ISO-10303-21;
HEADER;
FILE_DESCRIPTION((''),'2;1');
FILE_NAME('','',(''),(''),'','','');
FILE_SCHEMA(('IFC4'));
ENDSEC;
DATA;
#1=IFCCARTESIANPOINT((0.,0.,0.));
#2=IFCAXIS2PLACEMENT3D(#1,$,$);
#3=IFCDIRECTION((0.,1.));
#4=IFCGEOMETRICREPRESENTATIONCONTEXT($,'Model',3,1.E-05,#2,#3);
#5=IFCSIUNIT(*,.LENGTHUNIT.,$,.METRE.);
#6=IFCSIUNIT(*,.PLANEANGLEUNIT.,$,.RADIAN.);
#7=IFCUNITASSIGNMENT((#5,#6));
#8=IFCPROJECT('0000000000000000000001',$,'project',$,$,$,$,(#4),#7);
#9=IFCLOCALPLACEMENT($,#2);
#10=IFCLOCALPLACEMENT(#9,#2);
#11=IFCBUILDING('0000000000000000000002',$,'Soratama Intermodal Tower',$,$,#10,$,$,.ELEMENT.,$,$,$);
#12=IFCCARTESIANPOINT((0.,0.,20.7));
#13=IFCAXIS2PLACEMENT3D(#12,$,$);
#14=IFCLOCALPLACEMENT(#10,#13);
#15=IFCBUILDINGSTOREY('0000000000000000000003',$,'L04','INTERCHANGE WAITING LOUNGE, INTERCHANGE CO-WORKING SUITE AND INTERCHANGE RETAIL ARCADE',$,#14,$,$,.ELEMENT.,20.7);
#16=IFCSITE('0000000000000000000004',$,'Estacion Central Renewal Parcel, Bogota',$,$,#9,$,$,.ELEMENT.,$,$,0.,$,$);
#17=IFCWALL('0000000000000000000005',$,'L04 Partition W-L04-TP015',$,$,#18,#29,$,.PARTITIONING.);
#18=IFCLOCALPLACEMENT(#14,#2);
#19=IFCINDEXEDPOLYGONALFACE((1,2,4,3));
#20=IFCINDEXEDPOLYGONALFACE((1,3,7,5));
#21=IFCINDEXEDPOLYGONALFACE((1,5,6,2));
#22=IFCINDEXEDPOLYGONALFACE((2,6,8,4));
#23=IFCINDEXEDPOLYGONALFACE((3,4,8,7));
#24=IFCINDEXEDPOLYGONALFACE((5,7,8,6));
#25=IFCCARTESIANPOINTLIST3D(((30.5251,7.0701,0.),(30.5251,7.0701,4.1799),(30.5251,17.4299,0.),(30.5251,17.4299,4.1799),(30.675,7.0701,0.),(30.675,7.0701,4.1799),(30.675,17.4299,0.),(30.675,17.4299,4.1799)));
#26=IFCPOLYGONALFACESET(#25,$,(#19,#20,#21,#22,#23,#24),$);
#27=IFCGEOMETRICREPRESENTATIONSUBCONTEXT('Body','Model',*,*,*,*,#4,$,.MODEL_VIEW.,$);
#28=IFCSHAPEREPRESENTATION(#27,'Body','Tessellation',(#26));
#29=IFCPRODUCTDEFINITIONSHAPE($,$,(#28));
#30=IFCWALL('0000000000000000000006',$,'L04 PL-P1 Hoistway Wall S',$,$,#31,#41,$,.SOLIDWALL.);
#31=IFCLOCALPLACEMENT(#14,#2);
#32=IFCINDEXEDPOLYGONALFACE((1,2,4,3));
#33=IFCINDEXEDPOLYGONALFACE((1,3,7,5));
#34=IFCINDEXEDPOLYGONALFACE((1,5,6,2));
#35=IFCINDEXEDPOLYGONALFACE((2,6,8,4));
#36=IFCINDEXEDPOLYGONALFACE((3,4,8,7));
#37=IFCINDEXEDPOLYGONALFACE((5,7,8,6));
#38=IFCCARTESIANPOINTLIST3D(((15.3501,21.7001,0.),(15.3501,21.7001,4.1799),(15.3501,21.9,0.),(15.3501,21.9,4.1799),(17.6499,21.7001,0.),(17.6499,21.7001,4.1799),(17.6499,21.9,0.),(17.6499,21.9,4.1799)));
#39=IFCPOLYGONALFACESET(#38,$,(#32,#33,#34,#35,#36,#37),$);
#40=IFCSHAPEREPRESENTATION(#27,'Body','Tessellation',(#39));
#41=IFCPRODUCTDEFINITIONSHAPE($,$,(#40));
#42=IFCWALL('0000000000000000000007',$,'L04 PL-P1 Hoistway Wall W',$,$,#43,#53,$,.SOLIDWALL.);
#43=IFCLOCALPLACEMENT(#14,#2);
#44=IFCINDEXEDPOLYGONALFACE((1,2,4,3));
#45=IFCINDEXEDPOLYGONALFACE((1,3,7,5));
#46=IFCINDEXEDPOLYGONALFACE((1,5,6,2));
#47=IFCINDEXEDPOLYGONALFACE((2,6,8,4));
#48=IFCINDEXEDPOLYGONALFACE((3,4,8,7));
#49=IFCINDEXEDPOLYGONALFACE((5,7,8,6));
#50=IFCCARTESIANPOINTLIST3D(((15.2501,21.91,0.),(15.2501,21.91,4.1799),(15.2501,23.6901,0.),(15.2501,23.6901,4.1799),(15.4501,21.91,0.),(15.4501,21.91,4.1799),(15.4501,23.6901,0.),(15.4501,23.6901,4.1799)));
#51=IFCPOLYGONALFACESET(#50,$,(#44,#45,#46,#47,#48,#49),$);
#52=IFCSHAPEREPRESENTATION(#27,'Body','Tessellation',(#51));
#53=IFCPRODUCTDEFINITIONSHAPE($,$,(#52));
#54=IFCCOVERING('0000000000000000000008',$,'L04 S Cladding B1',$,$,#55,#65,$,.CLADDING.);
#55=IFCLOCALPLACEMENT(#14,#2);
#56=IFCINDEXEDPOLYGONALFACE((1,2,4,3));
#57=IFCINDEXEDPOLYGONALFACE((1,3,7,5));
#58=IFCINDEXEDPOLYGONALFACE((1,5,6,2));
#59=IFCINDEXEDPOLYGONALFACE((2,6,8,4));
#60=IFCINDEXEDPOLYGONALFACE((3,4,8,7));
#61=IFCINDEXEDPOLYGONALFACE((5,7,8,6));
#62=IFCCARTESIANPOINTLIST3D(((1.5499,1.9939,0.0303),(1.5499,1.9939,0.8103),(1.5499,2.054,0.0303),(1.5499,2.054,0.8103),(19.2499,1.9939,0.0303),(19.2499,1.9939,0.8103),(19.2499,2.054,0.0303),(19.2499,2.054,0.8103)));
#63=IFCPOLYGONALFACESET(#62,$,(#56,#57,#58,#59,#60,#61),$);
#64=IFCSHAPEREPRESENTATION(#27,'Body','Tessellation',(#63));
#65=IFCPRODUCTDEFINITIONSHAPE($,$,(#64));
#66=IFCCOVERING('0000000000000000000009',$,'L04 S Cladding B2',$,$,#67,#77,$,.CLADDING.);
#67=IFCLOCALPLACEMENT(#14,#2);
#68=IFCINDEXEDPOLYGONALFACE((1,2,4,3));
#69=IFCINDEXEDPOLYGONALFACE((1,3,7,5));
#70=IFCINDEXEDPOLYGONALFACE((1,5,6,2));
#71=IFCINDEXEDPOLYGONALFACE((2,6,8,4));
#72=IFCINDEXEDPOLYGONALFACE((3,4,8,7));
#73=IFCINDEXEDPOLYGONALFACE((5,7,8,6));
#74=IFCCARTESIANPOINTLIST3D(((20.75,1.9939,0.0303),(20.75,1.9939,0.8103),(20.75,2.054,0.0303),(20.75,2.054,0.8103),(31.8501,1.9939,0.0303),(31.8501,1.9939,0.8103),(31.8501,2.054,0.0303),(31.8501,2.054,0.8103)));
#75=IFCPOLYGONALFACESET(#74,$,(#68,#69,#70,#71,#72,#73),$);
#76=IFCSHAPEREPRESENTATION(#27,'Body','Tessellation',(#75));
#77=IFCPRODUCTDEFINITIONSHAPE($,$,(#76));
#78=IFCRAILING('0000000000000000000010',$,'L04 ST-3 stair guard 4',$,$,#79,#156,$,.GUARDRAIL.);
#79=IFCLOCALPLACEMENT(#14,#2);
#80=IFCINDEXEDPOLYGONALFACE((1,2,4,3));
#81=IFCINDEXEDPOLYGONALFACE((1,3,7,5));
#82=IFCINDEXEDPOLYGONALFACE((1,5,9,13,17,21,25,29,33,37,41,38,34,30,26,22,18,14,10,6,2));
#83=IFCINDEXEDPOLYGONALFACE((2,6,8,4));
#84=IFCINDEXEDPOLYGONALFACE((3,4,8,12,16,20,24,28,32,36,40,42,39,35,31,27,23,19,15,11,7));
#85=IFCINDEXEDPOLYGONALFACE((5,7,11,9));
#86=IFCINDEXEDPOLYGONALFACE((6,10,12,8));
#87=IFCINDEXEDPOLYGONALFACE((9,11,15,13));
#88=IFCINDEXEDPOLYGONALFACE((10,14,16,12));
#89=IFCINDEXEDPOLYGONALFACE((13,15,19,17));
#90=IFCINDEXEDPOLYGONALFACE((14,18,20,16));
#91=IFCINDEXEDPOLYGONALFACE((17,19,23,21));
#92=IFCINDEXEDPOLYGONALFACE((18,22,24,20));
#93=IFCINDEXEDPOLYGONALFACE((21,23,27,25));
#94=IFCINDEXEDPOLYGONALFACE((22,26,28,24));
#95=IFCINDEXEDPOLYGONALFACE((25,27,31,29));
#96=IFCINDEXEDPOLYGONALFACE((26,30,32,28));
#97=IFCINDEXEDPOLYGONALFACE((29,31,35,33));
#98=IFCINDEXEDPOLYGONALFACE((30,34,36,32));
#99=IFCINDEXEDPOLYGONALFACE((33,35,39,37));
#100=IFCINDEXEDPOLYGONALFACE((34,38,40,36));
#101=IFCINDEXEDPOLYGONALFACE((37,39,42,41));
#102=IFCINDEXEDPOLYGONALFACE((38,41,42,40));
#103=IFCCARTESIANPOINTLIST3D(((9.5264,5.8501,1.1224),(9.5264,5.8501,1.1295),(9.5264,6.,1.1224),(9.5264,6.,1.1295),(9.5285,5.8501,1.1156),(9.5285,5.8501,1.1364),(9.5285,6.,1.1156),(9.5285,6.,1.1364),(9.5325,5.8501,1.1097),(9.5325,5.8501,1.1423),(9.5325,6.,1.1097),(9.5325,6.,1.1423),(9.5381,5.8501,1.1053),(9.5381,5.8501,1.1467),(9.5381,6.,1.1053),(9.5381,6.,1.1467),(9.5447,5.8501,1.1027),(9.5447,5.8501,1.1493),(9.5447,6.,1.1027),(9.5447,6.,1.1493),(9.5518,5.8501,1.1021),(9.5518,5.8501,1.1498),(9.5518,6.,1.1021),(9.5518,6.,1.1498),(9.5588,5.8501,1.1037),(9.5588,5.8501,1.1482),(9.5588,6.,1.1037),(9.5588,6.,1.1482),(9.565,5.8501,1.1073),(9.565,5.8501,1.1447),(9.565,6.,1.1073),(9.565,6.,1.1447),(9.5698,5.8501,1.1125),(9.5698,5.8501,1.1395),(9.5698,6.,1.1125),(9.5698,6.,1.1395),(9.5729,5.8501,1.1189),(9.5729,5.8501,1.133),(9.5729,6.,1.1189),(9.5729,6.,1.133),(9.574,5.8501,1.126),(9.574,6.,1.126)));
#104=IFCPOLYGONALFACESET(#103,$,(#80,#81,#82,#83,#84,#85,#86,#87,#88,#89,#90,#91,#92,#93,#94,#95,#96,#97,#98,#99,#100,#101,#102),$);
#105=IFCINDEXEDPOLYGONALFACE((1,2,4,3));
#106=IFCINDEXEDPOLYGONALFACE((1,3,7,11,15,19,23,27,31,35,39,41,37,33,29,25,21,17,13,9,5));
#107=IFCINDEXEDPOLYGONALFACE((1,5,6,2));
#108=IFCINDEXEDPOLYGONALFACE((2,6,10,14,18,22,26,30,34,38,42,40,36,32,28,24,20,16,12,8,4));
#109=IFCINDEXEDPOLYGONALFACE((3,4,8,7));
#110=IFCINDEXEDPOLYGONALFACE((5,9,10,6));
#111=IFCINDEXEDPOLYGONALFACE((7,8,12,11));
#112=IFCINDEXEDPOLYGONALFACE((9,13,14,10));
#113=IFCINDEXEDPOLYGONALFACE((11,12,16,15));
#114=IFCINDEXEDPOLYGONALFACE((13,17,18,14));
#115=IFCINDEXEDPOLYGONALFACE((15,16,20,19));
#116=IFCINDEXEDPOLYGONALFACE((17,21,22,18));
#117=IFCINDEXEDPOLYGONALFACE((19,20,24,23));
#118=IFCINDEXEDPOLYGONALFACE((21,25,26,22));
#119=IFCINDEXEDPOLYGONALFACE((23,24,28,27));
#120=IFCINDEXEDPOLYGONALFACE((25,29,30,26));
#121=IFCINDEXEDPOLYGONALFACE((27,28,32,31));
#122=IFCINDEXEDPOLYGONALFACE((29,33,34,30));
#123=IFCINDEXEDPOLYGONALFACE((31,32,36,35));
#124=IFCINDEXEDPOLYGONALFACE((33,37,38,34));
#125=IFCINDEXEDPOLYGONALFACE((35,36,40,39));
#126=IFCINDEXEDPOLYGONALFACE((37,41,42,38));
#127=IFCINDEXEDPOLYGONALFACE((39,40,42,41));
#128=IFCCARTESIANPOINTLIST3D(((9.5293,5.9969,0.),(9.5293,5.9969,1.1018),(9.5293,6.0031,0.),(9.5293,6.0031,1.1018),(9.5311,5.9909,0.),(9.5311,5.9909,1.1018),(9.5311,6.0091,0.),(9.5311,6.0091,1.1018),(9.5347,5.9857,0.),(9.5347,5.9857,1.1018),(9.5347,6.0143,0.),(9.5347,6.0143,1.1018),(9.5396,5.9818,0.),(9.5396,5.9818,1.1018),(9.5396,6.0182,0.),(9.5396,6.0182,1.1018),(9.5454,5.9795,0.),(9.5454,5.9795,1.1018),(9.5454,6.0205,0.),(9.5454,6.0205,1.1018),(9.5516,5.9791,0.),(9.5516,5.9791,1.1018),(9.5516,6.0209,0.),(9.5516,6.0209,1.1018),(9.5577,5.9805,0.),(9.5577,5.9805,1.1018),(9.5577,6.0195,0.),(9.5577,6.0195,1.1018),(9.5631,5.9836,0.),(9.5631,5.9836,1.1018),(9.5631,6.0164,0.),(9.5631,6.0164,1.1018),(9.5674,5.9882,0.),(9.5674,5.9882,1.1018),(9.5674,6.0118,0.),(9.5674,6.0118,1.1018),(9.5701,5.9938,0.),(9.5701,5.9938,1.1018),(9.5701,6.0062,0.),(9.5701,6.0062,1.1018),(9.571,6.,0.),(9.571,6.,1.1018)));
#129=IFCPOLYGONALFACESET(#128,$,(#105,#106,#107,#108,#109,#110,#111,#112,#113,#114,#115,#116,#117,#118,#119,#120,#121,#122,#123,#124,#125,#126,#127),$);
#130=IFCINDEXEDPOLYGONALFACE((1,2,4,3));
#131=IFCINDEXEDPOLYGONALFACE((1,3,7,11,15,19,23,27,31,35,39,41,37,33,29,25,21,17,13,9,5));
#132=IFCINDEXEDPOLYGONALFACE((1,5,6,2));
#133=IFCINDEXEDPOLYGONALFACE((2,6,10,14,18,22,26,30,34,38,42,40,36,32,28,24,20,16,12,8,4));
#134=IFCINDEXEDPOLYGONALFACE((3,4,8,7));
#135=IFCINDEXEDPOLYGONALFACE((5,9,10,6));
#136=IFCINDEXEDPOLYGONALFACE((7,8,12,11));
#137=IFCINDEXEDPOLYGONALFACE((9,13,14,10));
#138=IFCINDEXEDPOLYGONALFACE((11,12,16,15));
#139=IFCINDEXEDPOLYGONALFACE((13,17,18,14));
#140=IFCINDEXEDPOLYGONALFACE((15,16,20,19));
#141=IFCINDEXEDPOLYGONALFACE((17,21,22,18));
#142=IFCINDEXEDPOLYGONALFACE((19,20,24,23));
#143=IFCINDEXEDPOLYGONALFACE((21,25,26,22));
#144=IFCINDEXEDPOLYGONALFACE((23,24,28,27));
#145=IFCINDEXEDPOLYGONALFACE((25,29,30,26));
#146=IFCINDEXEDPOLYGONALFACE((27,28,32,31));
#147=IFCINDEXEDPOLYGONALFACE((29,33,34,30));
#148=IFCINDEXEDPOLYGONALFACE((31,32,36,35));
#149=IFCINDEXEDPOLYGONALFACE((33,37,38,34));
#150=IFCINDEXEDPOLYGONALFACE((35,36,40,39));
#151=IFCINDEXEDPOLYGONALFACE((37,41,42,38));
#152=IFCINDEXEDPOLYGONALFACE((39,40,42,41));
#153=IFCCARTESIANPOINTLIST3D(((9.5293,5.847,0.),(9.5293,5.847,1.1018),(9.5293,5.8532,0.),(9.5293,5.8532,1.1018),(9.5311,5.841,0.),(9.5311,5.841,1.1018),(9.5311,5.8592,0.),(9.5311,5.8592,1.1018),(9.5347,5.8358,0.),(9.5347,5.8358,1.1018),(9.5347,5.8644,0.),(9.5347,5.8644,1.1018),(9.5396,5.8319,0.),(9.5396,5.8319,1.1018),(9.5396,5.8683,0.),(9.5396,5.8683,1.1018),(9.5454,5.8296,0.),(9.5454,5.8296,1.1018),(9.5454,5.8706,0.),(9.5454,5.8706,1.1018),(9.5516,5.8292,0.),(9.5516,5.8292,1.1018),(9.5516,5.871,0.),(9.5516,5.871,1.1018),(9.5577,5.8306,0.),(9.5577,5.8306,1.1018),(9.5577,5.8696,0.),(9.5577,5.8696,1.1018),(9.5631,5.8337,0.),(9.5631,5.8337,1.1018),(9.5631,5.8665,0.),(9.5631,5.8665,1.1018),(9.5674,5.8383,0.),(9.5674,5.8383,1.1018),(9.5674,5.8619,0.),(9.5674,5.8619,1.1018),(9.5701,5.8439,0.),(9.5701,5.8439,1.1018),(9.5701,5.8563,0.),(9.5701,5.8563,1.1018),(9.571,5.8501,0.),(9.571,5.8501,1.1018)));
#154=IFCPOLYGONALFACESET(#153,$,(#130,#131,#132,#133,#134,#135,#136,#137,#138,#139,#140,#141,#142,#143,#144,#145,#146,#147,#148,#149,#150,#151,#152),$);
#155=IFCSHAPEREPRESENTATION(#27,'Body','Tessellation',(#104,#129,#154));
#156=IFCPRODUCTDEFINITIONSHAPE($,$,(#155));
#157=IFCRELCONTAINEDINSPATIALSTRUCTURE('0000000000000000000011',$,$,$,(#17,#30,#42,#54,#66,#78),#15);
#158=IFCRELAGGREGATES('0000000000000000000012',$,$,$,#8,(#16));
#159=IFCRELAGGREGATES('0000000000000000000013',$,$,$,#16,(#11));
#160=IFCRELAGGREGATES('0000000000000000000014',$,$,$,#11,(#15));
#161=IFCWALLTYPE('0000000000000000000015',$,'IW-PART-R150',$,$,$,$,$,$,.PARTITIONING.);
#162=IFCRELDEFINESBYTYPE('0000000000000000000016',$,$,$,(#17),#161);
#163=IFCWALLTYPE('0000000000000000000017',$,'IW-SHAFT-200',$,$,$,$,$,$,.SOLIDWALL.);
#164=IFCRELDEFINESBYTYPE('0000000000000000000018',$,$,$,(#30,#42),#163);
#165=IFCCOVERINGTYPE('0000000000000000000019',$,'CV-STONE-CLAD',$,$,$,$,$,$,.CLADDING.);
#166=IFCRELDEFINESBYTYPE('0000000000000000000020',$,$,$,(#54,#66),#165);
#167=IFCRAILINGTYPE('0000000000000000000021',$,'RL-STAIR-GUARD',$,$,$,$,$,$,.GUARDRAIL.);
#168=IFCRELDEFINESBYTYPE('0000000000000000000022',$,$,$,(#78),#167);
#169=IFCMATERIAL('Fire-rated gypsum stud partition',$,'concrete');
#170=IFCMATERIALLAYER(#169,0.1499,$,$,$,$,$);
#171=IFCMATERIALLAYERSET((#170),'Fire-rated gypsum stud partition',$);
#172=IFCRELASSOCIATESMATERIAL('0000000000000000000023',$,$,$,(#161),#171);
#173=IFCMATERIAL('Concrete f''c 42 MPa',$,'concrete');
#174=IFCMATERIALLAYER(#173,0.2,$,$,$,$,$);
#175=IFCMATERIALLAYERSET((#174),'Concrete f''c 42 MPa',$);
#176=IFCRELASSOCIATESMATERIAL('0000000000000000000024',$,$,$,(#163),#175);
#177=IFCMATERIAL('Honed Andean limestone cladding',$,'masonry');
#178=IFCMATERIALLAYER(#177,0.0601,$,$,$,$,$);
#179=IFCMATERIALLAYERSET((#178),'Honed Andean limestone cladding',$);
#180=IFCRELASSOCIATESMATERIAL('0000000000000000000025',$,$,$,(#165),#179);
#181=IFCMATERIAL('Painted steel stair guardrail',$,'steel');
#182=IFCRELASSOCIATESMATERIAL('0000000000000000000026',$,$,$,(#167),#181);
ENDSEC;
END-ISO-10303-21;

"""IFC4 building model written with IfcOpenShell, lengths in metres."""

from ifc_helpers import new_model, si_unit, direction, frame, frame_2d, origin, origin_2d, place, context, subcontext, project, spatial, rectangle, circle, extrude, material, layer, layer_set, type_object, element, save


model = new_model("IFC4")

# Units and contexts
model_context = context("Model", 3, precision=1e-05, world=origin(), true_north=direction((0.0, 1.0)))
body_context = subcontext(model_context, "Body", "Model", "MODEL_VIEW")
ifc_project = project(units=[si_unit("LENGTHUNIT", "METRE"), si_unit("PLANEANGLEUNIT", "RADIAN")], contexts=[model_context])

# Site, building, storey
site_placement = place(None, origin())
site = spatial("IfcSite", under=ifc_project, at=site_placement, Name="Estacion Central Renewal Parcel, Bogota", CompositionType="ELEMENT", RefElevation=0.0)
building_placement = place(site_placement, origin())
building = spatial("IfcBuilding", under=site, at=building_placement, Name="Soratama Intermodal Tower", CompositionType="ELEMENT")
storey_placement = place(building_placement, frame((0.0, 0.0, 20.7)))
storey = spatial("IfcBuildingStorey", under=building, at=storey_placement, Name="L04", Description="INTERCHANGE WAITING LOUNGE, INTERCHANGE CO-WORKING SUITE AND INTERCHANGE RETAIL ARCADE", CompositionType="ELEMENT", Elevation=20.7)

# Shared definitions
ifc_material_1 = material(Name="Fire-rated gypsum stud partition", Category="concrete")
ifc_layer_1 = layer(ifc_material_1, 0.1499)
ifc_layer_set_1 = layer_set([ifc_layer_1], Name="Fire-rated gypsum stud partition")
wall_type_1 = type_object("IfcWallType", Name="IW-PART-R150", PredefinedType="PARTITIONING", material=ifc_layer_set_1)

# Walls
wall_1_placement = place(storey_placement, frame((30.6001, 7.0701, 0.0), z_axis=(0.0, 0.0, 1.0), x_axis=(0.0, 1.0, 0.0)))
element("IfcWall", 1, at=wall_1_placement, inside=storey, type_object=wall_type_1, Name="L04 Partition W-L04-TP015", PredefinedType="PARTITIONING", context=body_context, shape_type="SweptSolid", body=[
    extrude(rectangle(XDim=10.3599, YDim=0.1499, at=frame_2d((5.1799, 0.0))), origin(), (0.0, 0.0, 1.0), 4.1799),
])
ifc_material_2 = material(Name="Concrete f'c 42 MPa", Category="concrete")
ifc_layer_2 = layer(ifc_material_2, 0.2)
ifc_layer_set_2 = layer_set([ifc_layer_2], Name="Concrete f'c 42 MPa")
wall_type_2 = type_object("IfcWallType", Name="IW-SHAFT-200", PredefinedType="SOLIDWALL", material=ifc_layer_set_2)
wall_2_placement = place(storey_placement, frame((15.3501, 21.8, 0.0), z_axis=(0.0, 0.0, 1.0), x_axis=(1.0, 0.0, 0.0)))
element("IfcWall", 2, at=wall_2_placement, inside=storey, type_object=wall_type_2, Name="L04 PL-P1 Hoistway Wall S", PredefinedType="SOLIDWALL", context=body_context, shape_type="SweptSolid", body=[
    extrude(rectangle(XDim=2.2998, YDim=0.2, at=frame_2d((1.1499, 0.0))), origin(), (0.0, 0.0, 1.0), 4.1799),
])
wall_3_placement = place(storey_placement, frame((15.3501, 21.9099, 0.0), z_axis=(0.0, 0.0, 1.0), x_axis=(0.0, 1.0, 0.0)))
element("IfcWall", 3, at=wall_3_placement, inside=storey, type_object=wall_type_2, Name="L04 PL-P1 Hoistway Wall W", PredefinedType="SOLIDWALL", context=body_context, shape_type="SweptSolid", body=[
    extrude(rectangle(XDim=1.78, YDim=0.2, at=frame_2d((0.8901, 0.0))), origin(), (0.0, 0.0, 1.0), 4.1799),
])

# Coverings
ifc_material_3 = material(Name="Honed Andean limestone cladding", Category="masonry")
ifc_layer_3 = layer(ifc_material_3, 0.0601)
ifc_layer_set_3 = layer_set([ifc_layer_3], Name="Honed Andean limestone cladding")
covering_type = type_object("IfcCoveringType", Name="CV-STONE-CLAD", PredefinedType="CLADDING", material=ifc_layer_set_3)
covering_1_placement = place(storey_placement, frame((10.3999, 2.0239, 0.0303), z_axis=(0.0, 0.0, 1.0), x_axis=(1.0, 0.0, 0.0)))
element("IfcCovering", 4, at=covering_1_placement, inside=storey, type_object=covering_type, Name="L04 S Cladding B1", PredefinedType="CLADDING", context=body_context, shape_type="SweptSolid", body=[
    extrude(rectangle(XDim=17.7, YDim=0.0601, at=origin_2d()), origin(), (0.0, 0.0, 1.0), 0.78),
])
covering_2_placement = place(storey_placement, frame((26.3, 2.0239, 0.0303), z_axis=(0.0, 0.0, 1.0), x_axis=(1.0, 0.0, 0.0)))
element("IfcCovering", 5, at=covering_2_placement, inside=storey, type_object=covering_type, Name="L04 S Cladding B2", PredefinedType="CLADDING", context=body_context, shape_type="SweptSolid", body=[
    extrude(rectangle(XDim=11.1001, YDim=0.0601, at=origin_2d()), origin(), (0.0, 0.0, 1.0), 0.78),
])

# Railing
ifc_material_4 = material(Name="Painted steel stair guardrail", Category="steel")
railing_type = type_object("IfcRailingType", Name="RL-STAIR-GUARD", PredefinedType="GUARDRAIL", material=ifc_material_4)
railing_placement = place(storey_placement, frame((9.55, 6.0, 0.0)))
element("IfcRailing", 6, at=railing_placement, inside=storey, type_object=railing_type, Name="L04 ST-3 stair guard 4", PredefinedType="GUARDRAIL", context=body_context, shape_type="SweptSolid", body=[
    extrude(circle(Radius=0.0239, at=origin_2d()), frame((0.0, 0.0, 1.126), z_axis=(0.0, -1.0, 0.0), x_axis=(1.0, 0.0, 0.0)), (0.0, 0.0, 1.0), 0.1499),
    extrude(circle(Radius=0.021, at=origin_2d()), origin(), (0.0, 0.0, 1.0), 1.1018),
    extrude(circle(Radius=0.021, at=origin_2d()), frame((0.0, -0.1499, 0.0)), (0.0, 0.0, 1.0), 1.1018),
])

save(model, "model.ifc")
